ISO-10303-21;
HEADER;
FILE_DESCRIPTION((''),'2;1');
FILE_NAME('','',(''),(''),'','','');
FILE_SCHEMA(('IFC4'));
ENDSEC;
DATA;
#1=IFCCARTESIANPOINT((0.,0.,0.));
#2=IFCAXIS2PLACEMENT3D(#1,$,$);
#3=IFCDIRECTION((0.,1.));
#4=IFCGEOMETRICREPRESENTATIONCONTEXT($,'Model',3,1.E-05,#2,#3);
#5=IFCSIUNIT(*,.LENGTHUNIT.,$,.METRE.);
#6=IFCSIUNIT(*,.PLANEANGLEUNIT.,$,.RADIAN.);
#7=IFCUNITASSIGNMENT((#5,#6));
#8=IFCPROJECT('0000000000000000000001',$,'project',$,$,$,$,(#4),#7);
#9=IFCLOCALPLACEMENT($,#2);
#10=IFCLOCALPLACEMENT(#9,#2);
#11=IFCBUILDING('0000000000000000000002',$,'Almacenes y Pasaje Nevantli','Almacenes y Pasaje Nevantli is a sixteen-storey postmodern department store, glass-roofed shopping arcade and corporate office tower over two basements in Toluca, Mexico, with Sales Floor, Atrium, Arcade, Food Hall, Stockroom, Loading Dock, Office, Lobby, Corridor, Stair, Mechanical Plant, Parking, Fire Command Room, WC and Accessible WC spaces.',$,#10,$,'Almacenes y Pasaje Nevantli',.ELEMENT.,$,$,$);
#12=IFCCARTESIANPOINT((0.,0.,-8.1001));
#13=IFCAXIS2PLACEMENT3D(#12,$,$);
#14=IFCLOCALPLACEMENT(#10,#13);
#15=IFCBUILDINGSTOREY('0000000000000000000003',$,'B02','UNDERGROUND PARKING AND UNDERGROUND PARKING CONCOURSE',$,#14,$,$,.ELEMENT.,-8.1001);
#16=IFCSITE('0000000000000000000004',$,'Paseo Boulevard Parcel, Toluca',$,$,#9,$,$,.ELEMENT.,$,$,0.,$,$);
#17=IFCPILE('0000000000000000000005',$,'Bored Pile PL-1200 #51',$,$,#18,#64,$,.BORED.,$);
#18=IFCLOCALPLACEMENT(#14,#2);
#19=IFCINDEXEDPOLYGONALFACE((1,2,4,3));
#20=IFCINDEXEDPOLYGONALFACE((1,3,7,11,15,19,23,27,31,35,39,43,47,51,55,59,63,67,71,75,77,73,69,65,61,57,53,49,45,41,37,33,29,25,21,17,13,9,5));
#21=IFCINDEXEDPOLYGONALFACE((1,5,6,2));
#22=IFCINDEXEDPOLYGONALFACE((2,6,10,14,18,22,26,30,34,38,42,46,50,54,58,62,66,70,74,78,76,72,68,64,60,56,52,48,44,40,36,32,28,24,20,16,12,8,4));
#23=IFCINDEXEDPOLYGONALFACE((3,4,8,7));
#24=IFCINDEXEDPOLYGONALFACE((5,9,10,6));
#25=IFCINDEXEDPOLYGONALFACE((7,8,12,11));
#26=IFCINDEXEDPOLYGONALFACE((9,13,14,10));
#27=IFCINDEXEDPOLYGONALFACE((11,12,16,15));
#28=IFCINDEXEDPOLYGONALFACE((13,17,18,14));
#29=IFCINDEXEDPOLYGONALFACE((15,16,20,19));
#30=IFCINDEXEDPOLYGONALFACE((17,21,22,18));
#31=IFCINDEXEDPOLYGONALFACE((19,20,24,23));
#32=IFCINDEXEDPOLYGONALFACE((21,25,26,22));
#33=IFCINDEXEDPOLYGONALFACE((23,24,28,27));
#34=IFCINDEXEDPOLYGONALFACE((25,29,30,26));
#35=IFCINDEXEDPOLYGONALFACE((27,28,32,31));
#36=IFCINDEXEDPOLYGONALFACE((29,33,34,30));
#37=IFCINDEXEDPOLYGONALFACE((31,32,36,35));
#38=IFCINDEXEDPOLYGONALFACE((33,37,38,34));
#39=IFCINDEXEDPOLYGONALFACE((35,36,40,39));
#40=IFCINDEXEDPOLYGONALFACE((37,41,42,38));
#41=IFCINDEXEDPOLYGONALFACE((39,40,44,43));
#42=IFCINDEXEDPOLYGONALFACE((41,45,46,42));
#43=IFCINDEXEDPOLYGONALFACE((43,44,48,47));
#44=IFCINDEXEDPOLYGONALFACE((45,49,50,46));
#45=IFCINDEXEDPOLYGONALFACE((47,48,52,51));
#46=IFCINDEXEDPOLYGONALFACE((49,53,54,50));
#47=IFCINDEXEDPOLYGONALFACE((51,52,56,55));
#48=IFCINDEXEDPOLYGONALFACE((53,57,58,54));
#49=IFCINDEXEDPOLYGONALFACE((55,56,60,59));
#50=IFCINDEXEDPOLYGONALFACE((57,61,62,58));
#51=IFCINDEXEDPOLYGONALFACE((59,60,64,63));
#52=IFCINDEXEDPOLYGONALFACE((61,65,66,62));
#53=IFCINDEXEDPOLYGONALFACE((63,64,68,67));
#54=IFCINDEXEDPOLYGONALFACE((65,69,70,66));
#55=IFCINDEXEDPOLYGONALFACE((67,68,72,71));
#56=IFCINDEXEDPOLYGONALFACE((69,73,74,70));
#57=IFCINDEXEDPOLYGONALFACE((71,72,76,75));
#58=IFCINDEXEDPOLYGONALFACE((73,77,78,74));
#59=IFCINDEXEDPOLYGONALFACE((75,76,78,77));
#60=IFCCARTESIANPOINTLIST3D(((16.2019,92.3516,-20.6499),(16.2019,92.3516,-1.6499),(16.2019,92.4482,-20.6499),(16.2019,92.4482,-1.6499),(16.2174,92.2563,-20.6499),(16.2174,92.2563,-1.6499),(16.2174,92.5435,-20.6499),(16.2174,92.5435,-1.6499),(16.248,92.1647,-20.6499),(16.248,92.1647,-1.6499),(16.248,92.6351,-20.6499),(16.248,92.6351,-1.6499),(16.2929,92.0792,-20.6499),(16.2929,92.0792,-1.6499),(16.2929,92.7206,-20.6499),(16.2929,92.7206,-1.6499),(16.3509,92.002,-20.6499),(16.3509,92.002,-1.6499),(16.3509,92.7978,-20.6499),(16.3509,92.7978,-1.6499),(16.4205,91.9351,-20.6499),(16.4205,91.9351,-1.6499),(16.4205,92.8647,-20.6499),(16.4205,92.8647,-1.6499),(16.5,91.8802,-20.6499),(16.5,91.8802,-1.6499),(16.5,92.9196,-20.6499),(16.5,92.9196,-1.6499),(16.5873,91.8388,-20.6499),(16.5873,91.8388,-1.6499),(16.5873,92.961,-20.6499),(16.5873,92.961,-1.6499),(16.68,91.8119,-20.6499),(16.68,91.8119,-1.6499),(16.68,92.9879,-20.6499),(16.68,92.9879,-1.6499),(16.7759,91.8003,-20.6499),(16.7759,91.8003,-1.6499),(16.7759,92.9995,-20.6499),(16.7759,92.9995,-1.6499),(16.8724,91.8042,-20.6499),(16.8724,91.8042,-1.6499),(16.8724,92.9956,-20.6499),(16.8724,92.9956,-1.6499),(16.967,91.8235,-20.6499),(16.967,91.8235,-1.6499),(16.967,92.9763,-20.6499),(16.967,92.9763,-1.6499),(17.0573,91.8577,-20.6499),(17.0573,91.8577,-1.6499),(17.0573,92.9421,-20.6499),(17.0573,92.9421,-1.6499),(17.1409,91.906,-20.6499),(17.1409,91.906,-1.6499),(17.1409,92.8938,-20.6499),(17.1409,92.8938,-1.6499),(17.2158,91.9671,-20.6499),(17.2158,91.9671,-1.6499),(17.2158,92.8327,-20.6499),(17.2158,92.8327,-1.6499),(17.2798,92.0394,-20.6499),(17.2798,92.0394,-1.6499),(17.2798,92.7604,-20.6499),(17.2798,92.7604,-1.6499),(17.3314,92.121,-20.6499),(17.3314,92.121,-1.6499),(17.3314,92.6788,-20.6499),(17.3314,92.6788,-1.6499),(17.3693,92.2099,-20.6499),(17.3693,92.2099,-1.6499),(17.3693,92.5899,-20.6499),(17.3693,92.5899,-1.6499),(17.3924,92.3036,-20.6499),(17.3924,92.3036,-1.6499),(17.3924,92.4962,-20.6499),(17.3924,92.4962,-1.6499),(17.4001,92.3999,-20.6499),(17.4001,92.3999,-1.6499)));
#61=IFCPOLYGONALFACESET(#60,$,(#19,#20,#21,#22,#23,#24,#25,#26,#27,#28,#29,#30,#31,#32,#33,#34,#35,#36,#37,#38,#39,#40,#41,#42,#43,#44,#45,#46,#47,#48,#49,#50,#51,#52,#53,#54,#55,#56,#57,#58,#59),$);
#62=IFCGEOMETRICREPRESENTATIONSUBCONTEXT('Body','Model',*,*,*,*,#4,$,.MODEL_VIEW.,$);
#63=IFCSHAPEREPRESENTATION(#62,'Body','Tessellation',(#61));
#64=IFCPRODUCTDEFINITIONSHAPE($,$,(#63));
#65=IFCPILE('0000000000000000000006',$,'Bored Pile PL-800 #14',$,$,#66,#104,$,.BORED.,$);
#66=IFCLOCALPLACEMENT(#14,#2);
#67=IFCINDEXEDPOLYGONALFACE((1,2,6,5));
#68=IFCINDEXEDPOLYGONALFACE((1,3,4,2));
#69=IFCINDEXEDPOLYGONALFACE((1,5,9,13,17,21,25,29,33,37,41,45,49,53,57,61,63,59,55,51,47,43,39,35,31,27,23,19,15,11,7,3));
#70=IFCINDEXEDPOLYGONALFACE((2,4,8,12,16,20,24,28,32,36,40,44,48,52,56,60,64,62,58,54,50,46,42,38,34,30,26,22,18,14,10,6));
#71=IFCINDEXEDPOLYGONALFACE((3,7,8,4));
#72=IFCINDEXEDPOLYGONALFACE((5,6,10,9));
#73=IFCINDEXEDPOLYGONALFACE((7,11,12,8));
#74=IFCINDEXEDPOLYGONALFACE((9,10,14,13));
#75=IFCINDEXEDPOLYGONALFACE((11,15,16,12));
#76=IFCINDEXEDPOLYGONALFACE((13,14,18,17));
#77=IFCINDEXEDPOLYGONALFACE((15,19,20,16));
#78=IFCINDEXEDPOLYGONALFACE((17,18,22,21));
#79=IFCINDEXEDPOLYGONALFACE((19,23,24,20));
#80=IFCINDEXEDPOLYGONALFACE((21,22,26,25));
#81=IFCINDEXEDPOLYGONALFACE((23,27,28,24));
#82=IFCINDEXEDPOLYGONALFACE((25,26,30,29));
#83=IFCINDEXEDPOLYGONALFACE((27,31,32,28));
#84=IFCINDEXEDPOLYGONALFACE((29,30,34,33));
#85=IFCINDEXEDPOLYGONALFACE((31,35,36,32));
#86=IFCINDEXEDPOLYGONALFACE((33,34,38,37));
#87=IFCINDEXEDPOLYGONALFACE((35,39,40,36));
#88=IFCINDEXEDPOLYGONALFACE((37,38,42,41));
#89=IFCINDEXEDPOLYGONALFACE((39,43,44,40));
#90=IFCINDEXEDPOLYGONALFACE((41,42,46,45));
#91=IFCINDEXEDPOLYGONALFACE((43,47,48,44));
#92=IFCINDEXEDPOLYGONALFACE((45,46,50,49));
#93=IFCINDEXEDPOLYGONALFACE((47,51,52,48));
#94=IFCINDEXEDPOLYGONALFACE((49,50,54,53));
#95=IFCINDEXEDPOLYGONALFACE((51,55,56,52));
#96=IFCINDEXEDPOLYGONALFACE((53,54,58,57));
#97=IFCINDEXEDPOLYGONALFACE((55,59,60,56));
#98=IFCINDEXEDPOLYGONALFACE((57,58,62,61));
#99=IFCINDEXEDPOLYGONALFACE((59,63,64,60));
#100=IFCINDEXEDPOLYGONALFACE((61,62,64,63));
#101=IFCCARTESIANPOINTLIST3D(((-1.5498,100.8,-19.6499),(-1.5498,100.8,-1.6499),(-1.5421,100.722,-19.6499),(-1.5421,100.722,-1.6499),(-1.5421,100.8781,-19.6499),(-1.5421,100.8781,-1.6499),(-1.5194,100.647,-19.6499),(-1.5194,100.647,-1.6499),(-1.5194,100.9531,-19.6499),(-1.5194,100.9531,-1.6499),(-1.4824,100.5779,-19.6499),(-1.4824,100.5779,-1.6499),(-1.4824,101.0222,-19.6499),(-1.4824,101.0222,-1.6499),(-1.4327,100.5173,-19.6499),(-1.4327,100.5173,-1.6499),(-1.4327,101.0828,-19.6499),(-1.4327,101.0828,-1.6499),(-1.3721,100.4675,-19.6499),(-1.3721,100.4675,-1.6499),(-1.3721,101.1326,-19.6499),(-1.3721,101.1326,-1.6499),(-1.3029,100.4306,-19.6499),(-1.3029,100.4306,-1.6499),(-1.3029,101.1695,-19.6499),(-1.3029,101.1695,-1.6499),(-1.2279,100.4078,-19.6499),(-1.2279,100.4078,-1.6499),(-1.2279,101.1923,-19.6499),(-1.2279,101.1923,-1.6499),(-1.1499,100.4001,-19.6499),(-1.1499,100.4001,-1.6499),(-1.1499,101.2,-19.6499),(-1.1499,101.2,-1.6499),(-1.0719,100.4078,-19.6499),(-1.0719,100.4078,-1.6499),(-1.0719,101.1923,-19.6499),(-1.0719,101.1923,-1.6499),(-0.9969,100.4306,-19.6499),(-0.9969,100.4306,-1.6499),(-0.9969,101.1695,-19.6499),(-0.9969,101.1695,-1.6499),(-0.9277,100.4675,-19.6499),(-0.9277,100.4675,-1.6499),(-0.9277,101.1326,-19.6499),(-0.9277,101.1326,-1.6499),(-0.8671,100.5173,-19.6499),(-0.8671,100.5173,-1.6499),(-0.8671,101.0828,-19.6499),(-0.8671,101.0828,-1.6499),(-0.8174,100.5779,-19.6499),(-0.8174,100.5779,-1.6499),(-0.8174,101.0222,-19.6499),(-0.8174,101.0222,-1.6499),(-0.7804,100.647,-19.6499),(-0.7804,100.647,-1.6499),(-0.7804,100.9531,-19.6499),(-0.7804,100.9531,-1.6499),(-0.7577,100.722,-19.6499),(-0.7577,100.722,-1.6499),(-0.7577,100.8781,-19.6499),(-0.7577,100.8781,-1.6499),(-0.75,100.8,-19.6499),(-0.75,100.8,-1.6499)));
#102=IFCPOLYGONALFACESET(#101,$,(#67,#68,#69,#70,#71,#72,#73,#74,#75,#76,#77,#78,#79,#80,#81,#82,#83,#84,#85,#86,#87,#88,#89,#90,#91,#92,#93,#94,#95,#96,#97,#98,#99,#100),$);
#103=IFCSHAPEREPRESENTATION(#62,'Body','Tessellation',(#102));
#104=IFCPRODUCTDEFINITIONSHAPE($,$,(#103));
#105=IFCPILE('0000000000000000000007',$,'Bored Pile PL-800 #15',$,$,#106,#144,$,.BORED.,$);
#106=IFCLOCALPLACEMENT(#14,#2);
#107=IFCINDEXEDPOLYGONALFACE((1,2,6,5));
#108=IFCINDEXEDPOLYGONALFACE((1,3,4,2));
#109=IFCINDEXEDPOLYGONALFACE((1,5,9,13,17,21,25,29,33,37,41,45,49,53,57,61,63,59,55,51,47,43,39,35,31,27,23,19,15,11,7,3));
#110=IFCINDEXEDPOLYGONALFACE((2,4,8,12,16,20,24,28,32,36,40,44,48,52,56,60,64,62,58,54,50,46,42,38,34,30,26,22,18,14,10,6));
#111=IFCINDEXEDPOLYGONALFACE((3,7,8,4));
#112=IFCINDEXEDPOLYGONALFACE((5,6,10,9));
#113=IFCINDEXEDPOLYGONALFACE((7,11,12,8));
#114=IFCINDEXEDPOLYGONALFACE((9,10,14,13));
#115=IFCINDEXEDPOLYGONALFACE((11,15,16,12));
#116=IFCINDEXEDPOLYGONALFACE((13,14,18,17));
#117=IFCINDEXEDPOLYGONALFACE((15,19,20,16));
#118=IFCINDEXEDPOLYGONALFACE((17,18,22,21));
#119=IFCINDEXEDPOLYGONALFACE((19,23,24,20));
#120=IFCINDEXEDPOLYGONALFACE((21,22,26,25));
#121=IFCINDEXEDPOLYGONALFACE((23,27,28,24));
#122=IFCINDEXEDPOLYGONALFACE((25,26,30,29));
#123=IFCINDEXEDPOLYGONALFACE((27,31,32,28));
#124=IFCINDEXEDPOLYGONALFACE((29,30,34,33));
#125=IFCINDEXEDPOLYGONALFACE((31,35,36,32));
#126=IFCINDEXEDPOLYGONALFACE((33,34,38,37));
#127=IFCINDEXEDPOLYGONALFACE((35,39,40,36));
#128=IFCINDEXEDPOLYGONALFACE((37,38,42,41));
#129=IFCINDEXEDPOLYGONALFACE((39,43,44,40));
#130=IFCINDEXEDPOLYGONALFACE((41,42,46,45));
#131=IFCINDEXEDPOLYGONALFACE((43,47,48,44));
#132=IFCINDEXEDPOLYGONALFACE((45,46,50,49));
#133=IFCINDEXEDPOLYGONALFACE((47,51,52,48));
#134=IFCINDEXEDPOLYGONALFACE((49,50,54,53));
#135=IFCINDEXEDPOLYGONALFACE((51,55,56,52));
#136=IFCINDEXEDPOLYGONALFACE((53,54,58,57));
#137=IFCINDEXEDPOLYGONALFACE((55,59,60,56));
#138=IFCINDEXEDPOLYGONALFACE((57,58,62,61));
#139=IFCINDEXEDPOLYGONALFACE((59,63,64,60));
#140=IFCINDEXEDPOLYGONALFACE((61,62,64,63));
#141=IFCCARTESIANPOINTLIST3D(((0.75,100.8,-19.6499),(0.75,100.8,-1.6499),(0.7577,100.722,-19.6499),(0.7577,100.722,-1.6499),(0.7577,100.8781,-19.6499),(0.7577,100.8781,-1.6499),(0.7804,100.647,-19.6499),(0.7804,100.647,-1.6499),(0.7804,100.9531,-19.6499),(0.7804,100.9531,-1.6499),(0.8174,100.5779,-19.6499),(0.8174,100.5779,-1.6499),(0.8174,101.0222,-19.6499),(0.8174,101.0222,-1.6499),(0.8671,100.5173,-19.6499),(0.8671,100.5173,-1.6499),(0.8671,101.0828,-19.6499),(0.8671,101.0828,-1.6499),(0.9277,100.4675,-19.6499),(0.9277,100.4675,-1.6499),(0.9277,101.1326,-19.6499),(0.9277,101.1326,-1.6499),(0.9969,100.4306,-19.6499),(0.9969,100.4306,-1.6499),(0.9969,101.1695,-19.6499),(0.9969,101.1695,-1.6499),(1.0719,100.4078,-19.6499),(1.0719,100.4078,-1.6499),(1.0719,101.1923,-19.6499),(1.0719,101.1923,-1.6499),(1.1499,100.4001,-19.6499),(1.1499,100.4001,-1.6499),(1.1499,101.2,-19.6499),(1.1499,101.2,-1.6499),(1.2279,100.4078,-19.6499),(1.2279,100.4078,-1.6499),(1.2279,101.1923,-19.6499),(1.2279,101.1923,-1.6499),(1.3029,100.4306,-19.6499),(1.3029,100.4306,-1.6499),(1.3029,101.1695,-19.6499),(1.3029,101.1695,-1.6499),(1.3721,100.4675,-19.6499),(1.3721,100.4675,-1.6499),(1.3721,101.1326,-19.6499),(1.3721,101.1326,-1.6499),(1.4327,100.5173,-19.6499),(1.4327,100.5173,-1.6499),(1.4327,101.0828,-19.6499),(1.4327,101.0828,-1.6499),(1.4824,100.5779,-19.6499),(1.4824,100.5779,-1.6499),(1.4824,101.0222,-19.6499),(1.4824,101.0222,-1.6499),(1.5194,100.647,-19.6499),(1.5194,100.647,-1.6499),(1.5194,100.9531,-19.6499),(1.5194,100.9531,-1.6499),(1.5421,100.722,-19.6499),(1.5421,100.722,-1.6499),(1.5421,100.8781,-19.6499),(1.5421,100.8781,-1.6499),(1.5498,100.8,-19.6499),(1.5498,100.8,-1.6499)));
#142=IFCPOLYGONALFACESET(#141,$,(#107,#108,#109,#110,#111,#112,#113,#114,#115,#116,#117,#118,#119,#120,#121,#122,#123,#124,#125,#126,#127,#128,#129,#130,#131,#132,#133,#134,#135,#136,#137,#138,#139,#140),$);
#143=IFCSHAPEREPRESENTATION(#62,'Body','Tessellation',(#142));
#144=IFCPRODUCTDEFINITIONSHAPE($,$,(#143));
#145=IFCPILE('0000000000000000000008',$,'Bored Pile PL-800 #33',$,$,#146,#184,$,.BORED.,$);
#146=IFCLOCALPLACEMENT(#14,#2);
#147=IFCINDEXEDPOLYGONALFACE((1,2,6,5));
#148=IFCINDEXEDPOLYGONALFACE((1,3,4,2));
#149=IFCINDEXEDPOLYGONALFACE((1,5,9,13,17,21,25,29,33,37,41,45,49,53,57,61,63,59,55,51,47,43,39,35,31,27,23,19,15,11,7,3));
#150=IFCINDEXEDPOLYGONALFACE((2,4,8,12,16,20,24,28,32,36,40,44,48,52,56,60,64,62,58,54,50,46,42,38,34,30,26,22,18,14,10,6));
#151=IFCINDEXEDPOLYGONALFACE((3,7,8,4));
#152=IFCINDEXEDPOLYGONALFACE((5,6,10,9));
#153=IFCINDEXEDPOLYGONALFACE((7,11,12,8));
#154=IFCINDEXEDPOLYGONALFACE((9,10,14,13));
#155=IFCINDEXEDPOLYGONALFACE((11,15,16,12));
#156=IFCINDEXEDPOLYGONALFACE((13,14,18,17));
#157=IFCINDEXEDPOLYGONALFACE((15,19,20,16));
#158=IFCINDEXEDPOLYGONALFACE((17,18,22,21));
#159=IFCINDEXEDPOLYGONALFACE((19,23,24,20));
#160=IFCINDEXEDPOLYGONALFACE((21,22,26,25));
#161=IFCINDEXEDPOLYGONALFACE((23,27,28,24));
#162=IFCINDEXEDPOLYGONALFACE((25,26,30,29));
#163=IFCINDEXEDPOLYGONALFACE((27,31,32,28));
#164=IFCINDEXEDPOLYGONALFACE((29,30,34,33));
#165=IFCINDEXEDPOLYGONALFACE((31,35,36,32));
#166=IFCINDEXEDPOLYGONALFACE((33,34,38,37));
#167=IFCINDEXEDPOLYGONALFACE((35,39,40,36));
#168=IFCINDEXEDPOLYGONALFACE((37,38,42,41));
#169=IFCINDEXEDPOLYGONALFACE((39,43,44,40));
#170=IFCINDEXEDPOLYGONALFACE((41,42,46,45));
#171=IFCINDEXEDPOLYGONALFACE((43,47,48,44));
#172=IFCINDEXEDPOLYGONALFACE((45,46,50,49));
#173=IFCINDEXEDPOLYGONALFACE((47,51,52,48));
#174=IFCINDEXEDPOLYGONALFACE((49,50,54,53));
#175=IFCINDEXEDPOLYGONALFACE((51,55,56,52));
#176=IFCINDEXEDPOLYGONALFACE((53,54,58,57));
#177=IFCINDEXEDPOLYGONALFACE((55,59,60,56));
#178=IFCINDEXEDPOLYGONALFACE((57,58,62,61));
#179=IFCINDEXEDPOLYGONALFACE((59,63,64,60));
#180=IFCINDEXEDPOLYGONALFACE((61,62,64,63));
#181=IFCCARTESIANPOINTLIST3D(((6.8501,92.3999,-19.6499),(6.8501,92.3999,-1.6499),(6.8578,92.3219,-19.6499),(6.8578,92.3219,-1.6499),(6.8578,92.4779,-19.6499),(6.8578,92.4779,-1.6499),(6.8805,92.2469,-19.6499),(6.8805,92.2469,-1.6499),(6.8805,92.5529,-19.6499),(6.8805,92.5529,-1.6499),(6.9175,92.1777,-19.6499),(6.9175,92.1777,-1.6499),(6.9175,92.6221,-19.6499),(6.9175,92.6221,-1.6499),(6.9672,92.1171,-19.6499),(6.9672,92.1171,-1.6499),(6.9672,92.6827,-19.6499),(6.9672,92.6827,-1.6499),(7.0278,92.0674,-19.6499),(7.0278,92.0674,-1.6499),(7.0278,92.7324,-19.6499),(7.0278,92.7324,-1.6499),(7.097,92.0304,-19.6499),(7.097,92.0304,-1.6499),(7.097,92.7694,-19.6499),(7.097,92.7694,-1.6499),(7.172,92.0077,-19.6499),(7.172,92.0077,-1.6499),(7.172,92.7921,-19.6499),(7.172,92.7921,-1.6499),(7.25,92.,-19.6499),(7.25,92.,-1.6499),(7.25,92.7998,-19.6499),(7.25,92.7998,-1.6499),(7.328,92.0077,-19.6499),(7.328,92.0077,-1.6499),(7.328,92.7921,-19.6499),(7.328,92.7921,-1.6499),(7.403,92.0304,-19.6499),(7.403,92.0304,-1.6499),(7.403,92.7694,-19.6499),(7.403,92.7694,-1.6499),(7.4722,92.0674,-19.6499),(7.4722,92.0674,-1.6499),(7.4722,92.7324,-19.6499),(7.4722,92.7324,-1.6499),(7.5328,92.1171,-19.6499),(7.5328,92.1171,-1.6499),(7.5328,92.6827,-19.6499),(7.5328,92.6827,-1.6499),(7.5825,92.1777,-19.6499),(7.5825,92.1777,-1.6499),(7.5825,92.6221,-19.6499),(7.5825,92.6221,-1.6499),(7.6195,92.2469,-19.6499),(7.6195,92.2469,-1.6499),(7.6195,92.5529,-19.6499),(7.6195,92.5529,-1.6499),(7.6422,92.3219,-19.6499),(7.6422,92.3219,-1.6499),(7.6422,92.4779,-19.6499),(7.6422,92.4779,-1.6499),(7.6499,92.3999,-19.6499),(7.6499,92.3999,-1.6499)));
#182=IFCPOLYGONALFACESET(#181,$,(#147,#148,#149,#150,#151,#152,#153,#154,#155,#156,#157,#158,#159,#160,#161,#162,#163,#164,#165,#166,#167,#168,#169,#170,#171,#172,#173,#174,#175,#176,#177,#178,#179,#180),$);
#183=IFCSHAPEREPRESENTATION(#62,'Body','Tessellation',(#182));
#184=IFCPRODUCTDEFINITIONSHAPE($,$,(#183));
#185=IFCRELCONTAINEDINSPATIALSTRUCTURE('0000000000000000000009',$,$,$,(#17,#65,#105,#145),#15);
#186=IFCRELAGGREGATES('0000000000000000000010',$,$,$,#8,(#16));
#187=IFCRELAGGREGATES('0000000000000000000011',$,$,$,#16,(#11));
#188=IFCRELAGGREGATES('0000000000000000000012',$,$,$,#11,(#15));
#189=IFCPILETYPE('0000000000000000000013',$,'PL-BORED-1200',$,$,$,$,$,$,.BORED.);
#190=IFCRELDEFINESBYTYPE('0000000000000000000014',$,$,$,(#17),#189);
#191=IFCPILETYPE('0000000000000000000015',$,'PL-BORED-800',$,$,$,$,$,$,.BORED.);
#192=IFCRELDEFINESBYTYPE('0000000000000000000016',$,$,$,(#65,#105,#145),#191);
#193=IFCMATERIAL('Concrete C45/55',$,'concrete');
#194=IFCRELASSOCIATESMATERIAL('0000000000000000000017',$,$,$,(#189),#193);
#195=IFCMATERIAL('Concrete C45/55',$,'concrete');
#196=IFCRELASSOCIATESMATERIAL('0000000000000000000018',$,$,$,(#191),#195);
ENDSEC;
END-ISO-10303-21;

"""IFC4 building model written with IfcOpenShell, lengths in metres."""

from ifc_helpers import new_model, si_unit, direction, frame, origin, origin_2d, place, context, subcontext, project, spatial, circle, extrude, material, material_profile, profile_set, type_object, element, save


model = new_model("IFC4")

# Units and contexts
model_context = context("Model", 3, precision=1e-05, world=origin(), true_north=direction((0.0, 1.0)))
body_context = subcontext(model_context, "Body", "Model", "MODEL_VIEW")
ifc_project = project(units=[si_unit("LENGTHUNIT", "METRE"), si_unit("PLANEANGLEUNIT", "RADIAN")], contexts=[model_context])

# Site, building, storey
site_placement = place(None, origin())
site = spatial("IfcSite", under=ifc_project, at=site_placement, Name="Paseo Boulevard Parcel, Toluca", CompositionType="ELEMENT", RefElevation=0.0)
building_placement = place(site_placement, origin())
building = spatial("IfcBuilding", under=site, at=building_placement, Name="Almacenes y Pasaje Nevantli", Description="Almacenes y Pasaje Nevantli is a sixteen-storey postmodern department store, glass-roofed shopping arcade and corporate office tower over two basements in Toluca, Mexico, with Sales Floor, Atrium, Arcade, Food Hall, Stockroom, Loading Dock, Office, Lobby, Corridor, Stair, Mechanical Plant, Parking, Fire Command Room, WC and Accessible WC spaces.", LongName="Almacenes y Pasaje Nevantli", CompositionType="ELEMENT")
storey_placement = place(building_placement, frame((0.0, 0.0, -8.1001)))
storey = spatial("IfcBuildingStorey", under=building, at=storey_placement, Name="B02", Description="UNDERGROUND PARKING AND UNDERGROUND PARKING CONCOURSE", CompositionType="ELEMENT", Elevation=-8.1001)

# Piles
ifc_material_1 = material(Name="Concrete C45/55", Category="concrete")
ifc_material_profile_1 = material_profile(ifc_material_1, circle(Radius=0.6001, at=origin_2d()), Name="RC-PILE-D1200")
ifc_profile_set_1 = profile_set([ifc_material_profile_1], Name="Concrete C45/55")
pile_type_1 = type_object("IfcPileType", Name="PL-BORED-1200", PredefinedType="BORED", material=ifc_profile_set_1)
for number, where, z_axis, x_axis, name in (
    (1, (16.8, 92.3999, -1.6499), (0.0, 0.0, -1.0), (1.0, 0.0, 0.0), "Bored Pile PL-1200 #51"),
):
    element("IfcPile", number, at=place(storey_placement, frame(where, z_axis=z_axis, x_axis=x_axis)), inside=storey, type_object=pile_type_1, Name=name, PredefinedType="BORED", context=body_context, shape_type="SweptSolid", body=[
        extrude(circle(Radius=0.6001, at=origin_2d()), origin(), (0.0, 0.0, 1.0), 19.0),
    ])
ifc_material_2 = material(Name="Concrete C45/55", Category="concrete")
ifc_material_profile_2 = material_profile(ifc_material_2, circle(Radius=0.3999, at=origin_2d()), Name="RC-PILE-D800")
ifc_profile_set_2 = profile_set([ifc_material_profile_2], Name="Concrete C45/55")
pile_type_2 = type_object("IfcPileType", Name="PL-BORED-800", PredefinedType="BORED", material=ifc_profile_set_2)
for number, where, z_axis, x_axis, name in (
    (2, (-1.1499, 100.8, -1.6499), (0.0, 0.0, -1.0), (1.0, 0.0, 0.0), "Bored Pile PL-800 #14"),
    (3, (1.1499, 100.8, -1.6499), (0.0, 0.0, -1.0), (1.0, 0.0, 0.0), "Bored Pile PL-800 #15"),
    (4, (7.25, 92.3999, -1.6499), (0.0, 0.0, -1.0), (1.0, 0.0, 0.0), "Bored Pile PL-800 #33"),
):
    element("IfcPile", number, at=place(storey_placement, frame(where, z_axis=z_axis, x_axis=x_axis)), inside=storey, type_object=pile_type_2, Name=name, PredefinedType="BORED", context=body_context, shape_type="SweptSolid", body=[
        extrude(circle(Radius=0.3999, at=origin_2d()), origin(), (0.0, 0.0, 1.0), 18.0),
    ])

save(model, "model.ifc")
